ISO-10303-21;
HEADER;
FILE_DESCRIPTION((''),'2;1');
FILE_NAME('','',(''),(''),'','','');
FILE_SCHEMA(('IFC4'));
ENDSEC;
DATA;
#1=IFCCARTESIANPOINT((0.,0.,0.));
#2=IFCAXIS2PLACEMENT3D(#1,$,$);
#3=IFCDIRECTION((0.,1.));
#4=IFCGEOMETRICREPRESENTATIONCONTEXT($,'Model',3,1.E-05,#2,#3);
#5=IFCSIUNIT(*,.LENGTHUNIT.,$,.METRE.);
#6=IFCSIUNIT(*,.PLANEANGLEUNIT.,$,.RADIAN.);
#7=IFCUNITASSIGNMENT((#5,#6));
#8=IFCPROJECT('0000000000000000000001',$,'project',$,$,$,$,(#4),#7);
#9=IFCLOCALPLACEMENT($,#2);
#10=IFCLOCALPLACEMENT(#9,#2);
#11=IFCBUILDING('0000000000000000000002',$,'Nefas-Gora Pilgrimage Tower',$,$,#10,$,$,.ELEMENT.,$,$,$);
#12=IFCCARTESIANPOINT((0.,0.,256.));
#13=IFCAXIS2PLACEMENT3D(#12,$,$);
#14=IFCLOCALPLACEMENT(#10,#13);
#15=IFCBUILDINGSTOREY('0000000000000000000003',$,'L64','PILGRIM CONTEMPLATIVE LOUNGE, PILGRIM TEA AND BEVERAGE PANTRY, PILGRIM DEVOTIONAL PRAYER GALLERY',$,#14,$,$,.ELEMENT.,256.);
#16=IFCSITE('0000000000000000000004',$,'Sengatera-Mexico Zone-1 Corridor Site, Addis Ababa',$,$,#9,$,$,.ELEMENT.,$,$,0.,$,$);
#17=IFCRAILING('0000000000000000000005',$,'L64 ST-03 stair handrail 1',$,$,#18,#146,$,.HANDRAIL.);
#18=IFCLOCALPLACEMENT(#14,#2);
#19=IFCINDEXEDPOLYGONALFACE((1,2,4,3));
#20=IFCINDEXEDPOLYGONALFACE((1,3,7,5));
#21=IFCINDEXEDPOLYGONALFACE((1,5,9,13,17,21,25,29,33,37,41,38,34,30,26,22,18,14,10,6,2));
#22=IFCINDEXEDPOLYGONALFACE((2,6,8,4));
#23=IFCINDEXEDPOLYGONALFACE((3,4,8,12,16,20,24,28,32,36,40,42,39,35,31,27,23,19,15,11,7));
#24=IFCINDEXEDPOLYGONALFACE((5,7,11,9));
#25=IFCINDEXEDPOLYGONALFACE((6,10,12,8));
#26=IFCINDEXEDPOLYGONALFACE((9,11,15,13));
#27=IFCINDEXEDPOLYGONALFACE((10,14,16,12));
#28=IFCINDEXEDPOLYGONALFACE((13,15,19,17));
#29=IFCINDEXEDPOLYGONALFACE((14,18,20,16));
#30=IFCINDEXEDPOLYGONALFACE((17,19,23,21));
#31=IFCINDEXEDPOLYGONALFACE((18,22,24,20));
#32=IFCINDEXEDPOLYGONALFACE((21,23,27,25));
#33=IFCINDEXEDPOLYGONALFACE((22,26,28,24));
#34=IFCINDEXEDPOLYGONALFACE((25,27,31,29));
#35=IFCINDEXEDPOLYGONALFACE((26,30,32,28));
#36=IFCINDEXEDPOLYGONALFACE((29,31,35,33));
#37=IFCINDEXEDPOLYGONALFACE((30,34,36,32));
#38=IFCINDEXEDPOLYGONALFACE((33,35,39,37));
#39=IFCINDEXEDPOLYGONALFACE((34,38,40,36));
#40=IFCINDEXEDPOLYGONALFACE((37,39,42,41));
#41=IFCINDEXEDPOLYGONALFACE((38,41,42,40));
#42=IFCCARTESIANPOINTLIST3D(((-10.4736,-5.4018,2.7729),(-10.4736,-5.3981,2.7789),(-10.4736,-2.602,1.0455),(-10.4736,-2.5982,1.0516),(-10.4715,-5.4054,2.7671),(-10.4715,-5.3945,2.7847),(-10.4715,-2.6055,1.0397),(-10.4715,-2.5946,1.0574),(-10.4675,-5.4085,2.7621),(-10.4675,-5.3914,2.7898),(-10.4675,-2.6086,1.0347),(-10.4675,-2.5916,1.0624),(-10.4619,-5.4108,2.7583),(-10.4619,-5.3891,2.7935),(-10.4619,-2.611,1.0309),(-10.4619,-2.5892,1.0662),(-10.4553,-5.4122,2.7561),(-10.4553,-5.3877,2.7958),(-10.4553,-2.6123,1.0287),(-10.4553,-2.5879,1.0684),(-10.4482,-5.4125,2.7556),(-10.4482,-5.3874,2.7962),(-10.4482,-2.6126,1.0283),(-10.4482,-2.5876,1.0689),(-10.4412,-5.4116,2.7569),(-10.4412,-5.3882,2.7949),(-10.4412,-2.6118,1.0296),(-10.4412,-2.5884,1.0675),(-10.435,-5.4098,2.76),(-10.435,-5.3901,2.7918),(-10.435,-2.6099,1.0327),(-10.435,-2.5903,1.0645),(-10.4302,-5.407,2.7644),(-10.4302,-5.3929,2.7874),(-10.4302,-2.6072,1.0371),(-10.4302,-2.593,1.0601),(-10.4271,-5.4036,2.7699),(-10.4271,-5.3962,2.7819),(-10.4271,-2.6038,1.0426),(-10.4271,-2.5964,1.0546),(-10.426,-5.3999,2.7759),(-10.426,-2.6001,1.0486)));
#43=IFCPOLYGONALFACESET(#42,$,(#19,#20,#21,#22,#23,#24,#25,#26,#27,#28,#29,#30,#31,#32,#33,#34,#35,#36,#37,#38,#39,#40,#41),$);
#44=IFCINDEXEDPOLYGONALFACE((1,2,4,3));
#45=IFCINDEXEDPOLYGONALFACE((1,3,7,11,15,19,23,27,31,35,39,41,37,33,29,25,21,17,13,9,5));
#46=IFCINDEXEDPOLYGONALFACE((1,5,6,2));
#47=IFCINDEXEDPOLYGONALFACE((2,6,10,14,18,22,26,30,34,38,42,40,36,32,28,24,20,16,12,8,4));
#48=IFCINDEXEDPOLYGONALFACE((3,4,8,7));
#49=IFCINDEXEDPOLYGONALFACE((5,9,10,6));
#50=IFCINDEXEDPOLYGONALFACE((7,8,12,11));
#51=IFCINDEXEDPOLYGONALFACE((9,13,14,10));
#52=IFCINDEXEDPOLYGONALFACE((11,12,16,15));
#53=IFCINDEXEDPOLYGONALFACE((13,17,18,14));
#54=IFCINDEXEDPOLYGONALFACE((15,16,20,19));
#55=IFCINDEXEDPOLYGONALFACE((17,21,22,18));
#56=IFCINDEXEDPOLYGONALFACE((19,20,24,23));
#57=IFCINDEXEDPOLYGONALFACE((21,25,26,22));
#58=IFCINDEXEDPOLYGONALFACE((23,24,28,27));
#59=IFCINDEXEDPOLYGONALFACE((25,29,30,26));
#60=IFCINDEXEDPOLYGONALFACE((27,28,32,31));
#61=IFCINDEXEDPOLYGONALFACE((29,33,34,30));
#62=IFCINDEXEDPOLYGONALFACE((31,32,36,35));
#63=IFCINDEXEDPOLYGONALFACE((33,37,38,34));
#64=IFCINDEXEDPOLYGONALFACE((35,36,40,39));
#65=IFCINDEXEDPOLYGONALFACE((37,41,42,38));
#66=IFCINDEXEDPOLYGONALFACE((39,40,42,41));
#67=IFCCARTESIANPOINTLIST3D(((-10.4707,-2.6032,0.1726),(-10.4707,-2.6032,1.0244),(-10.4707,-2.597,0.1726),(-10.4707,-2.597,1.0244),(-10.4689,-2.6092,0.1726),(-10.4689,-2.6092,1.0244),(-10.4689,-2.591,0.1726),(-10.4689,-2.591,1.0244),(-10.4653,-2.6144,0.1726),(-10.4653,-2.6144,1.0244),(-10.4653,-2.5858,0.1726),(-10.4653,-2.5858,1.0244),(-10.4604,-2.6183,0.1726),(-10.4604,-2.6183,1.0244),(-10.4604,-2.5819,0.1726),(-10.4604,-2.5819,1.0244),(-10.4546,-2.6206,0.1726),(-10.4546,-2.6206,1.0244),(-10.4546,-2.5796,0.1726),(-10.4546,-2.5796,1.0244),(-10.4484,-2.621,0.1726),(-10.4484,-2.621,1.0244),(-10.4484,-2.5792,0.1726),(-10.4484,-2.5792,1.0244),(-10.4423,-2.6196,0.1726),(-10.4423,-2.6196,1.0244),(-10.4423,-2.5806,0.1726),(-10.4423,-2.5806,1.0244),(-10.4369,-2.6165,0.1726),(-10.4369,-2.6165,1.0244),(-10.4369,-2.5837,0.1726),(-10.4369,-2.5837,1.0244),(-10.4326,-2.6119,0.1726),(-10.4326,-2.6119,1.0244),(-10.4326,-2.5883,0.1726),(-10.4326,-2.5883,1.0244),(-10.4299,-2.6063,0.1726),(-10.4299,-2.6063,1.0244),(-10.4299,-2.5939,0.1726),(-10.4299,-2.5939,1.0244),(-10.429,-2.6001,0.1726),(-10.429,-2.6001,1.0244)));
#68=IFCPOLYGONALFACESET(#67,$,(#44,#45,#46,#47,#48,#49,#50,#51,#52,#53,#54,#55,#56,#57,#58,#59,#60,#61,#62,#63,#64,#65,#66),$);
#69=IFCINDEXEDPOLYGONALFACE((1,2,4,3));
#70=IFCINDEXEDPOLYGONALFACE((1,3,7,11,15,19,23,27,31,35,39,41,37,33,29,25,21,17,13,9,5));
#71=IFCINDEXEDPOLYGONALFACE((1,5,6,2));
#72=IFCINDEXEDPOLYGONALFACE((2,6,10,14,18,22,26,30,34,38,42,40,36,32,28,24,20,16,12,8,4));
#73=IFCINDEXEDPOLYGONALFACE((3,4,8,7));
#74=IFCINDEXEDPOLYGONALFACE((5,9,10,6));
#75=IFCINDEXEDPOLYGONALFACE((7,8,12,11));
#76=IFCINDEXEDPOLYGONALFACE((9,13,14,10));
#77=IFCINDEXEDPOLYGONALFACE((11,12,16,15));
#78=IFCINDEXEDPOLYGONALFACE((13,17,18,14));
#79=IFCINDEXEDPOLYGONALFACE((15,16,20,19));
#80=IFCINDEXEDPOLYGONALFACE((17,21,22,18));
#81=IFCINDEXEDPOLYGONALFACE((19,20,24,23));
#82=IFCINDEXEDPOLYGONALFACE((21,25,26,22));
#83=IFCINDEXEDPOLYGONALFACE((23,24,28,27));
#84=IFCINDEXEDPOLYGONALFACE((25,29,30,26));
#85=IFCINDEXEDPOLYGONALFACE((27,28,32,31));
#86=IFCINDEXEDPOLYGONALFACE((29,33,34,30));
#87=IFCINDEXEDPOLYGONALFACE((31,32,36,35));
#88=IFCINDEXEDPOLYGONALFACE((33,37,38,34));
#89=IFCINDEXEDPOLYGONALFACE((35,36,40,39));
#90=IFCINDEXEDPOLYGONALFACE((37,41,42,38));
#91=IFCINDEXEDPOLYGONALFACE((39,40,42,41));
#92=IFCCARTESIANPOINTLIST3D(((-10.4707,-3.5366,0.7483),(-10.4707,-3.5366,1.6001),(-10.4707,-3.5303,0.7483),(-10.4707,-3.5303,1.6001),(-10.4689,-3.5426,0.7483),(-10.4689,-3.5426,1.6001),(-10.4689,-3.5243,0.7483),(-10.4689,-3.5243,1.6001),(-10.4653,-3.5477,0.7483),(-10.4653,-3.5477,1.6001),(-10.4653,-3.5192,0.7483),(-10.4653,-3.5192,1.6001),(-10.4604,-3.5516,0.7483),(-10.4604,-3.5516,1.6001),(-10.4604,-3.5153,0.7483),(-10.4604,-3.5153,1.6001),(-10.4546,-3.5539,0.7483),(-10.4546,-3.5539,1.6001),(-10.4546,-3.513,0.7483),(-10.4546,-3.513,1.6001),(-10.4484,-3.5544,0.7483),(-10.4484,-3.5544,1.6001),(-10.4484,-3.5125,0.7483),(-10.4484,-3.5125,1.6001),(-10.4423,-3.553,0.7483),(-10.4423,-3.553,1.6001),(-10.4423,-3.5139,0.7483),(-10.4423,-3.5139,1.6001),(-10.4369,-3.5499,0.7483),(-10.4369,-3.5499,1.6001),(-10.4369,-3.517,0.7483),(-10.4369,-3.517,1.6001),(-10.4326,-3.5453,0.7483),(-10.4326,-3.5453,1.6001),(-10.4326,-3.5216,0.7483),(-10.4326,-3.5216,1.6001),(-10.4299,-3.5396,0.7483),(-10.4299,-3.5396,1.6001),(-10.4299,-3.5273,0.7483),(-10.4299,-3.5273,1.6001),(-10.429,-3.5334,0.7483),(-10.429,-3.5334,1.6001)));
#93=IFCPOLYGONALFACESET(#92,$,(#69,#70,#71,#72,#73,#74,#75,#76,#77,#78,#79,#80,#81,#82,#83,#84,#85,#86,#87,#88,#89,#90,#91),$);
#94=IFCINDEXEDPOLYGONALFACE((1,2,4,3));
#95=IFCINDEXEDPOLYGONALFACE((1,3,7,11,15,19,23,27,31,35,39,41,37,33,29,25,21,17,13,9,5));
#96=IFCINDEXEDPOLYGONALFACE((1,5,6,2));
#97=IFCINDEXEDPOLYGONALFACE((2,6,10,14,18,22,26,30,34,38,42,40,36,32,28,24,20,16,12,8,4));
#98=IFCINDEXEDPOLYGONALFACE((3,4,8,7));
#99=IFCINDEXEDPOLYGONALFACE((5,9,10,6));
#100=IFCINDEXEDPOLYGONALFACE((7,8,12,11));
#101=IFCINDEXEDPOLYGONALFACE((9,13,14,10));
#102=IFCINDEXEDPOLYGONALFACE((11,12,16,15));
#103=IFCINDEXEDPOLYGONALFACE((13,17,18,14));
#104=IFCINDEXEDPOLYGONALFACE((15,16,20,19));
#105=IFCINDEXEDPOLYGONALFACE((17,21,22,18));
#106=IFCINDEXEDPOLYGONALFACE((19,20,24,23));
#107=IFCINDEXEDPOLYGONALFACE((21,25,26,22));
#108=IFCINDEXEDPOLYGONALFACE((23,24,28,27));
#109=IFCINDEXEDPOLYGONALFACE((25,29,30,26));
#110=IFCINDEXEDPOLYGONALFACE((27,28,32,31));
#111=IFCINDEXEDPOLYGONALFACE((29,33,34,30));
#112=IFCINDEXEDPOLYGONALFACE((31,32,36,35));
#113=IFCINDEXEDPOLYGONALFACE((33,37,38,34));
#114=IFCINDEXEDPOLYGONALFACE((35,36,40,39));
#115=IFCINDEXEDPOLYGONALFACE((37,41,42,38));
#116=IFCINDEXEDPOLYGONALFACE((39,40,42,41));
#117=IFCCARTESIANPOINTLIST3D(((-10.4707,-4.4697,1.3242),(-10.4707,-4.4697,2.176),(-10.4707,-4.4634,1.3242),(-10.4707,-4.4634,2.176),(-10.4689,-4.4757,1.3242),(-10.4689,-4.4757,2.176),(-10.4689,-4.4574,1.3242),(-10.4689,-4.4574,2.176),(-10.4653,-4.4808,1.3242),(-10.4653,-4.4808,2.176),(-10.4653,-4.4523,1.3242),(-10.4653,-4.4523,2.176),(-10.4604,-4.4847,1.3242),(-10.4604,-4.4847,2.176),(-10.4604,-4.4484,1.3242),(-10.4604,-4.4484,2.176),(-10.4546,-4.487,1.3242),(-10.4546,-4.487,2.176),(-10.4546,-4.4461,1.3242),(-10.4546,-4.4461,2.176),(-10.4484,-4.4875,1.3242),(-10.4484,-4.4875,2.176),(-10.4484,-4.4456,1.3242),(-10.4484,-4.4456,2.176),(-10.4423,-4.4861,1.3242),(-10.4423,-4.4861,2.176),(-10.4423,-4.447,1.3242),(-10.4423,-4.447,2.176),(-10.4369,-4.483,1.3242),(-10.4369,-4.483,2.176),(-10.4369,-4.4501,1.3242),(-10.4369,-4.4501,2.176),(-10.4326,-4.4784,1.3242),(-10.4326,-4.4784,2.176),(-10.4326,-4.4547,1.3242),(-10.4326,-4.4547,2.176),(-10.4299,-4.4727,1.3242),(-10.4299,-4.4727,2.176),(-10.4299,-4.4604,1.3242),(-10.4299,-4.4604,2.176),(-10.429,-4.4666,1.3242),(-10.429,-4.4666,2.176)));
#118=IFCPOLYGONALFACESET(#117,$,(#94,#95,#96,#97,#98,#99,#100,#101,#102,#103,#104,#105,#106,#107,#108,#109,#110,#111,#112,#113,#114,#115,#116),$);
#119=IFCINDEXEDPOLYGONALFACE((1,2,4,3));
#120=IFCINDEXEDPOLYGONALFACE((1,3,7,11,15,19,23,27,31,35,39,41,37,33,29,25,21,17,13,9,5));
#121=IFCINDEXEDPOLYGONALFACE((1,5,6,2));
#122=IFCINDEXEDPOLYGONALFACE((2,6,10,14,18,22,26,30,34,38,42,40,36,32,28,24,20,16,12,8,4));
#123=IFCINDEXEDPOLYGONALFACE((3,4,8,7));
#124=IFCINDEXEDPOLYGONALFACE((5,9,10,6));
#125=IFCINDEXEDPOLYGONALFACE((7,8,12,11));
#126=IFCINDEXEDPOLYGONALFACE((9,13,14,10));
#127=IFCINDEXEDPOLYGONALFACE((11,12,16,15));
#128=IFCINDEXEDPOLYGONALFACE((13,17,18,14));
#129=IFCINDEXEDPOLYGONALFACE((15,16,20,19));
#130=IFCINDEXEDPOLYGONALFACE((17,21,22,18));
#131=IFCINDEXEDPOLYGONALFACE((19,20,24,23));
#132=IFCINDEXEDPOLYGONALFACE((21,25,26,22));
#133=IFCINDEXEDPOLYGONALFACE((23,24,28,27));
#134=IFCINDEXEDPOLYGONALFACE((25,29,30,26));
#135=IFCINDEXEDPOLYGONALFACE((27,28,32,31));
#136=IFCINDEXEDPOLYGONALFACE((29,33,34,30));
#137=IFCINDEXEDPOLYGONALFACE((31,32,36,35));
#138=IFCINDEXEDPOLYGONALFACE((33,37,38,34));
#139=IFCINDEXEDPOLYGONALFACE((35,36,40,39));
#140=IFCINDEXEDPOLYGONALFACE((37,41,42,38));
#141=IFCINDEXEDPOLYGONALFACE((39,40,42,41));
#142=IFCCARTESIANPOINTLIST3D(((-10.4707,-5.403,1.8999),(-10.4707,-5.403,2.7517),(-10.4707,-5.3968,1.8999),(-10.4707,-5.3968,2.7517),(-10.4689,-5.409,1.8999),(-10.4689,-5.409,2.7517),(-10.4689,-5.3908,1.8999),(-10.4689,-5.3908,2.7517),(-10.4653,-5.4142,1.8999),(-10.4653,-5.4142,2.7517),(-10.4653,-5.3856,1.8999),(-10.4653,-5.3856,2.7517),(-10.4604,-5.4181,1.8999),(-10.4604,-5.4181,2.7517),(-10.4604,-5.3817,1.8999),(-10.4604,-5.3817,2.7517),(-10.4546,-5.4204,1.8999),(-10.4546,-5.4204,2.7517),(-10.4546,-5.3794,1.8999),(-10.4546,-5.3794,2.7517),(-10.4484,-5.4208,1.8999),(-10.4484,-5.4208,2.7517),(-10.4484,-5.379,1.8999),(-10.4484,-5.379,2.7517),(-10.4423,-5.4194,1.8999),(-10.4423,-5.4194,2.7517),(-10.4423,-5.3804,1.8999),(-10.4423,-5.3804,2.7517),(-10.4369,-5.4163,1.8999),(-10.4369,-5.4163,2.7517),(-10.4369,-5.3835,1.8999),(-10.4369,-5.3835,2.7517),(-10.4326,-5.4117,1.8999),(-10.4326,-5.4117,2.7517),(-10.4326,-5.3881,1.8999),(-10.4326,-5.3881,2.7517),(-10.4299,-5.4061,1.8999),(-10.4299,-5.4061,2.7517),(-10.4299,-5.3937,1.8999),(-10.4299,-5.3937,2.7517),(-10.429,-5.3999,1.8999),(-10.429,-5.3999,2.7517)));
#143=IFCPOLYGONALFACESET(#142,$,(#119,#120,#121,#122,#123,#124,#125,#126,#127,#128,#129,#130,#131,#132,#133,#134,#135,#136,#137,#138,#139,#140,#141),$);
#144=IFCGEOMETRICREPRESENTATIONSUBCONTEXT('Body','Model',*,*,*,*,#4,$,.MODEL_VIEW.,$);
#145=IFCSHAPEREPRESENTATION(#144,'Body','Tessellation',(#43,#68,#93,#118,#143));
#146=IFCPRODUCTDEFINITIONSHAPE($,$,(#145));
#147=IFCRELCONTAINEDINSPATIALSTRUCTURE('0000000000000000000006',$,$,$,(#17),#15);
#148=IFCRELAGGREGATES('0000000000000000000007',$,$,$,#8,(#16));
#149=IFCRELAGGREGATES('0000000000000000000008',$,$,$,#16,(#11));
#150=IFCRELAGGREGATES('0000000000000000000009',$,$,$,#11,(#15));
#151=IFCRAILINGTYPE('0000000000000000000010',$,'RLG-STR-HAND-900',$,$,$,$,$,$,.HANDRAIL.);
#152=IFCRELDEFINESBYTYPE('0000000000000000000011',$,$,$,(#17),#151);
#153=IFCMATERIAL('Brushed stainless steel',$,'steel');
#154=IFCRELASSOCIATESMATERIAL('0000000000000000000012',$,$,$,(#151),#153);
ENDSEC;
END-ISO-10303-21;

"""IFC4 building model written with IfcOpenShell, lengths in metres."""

from ifc_helpers import new_model, si_unit, direction, frame, origin, origin_2d, place, context, subcontext, project, spatial, circle, extrude, material, type_object, element, save


model = new_model("IFC4")

# Units and contexts
model_context = context("Model", 3, precision=1e-05, world=origin(), true_north=direction((0.0, 1.0)))
body_context = subcontext(model_context, "Body", "Model", "MODEL_VIEW")
ifc_project = project(units=[si_unit("LENGTHUNIT", "METRE"), si_unit("PLANEANGLEUNIT", "RADIAN")], contexts=[model_context])

# Site, building, storey
site_placement = place(None, origin())
site = spatial("IfcSite", under=ifc_project, at=site_placement, Name="Sengatera-Mexico Zone-1 Corridor Site, Addis Ababa", CompositionType="ELEMENT", RefElevation=0.0)
building_placement = place(site_placement, origin())
building = spatial("IfcBuilding", under=site, at=building_placement, Name="Nefas-Gora Pilgrimage Tower", CompositionType="ELEMENT")
storey_placement = place(building_placement, frame((0.0, 0.0, 256.0)))
storey = spatial("IfcBuildingStorey", under=building, at=storey_placement, Name="L64", Description="PILGRIM CONTEMPLATIVE LOUNGE, PILGRIM TEA AND BEVERAGE PANTRY, PILGRIM DEVOTIONAL PRAYER GALLERY", CompositionType="ELEMENT", Elevation=256.0)

# Railing
ifc_material_1 = material(Name="Brushed stainless steel", Category="steel")
railing_type = type_object("IfcRailingType", Name="RLG-STR-HAND-900", PredefinedType="HANDRAIL", material=ifc_material_1)
railing_placement = place(storey_placement, frame((-10.45, -2.6001, 0.1726)))
element("IfcRailing", 1, at=railing_placement, inside=storey, type_object=railing_type, Name="L64 ST-03 stair handrail 1", PredefinedType="HANDRAIL", context=body_context, shape_type="SweptSolid", body=[
    extrude(circle(Radius=0.0239, at=origin_2d()), frame((0.0, 0.0, 0.876), z_axis=(0.0, -0.851069, 0.525054), x_axis=(1.0, 0.0, 0.0)), (0.0, 0.0, 1.0), 3.2898),
    extrude(circle(Radius=0.021, at=origin_2d()), origin(), (0.0, 0.0, 1.0), 0.8518),
    extrude(circle(Radius=0.021, at=origin_2d()), frame((0.0, -0.9333, 0.5757)), (0.0, 0.0, 1.0), 0.8518),
    extrude(circle(Radius=0.021, at=origin_2d()), frame((0.0, -1.8665, 1.1516)), (0.0, 0.0, 1.0), 0.8518),
    extrude(circle(Radius=0.021, at=origin_2d()), frame((0.0, -2.7998, 1.7273)), (0.0, 0.0, 1.0), 0.8518),
])

save(model, "model.ifc")
